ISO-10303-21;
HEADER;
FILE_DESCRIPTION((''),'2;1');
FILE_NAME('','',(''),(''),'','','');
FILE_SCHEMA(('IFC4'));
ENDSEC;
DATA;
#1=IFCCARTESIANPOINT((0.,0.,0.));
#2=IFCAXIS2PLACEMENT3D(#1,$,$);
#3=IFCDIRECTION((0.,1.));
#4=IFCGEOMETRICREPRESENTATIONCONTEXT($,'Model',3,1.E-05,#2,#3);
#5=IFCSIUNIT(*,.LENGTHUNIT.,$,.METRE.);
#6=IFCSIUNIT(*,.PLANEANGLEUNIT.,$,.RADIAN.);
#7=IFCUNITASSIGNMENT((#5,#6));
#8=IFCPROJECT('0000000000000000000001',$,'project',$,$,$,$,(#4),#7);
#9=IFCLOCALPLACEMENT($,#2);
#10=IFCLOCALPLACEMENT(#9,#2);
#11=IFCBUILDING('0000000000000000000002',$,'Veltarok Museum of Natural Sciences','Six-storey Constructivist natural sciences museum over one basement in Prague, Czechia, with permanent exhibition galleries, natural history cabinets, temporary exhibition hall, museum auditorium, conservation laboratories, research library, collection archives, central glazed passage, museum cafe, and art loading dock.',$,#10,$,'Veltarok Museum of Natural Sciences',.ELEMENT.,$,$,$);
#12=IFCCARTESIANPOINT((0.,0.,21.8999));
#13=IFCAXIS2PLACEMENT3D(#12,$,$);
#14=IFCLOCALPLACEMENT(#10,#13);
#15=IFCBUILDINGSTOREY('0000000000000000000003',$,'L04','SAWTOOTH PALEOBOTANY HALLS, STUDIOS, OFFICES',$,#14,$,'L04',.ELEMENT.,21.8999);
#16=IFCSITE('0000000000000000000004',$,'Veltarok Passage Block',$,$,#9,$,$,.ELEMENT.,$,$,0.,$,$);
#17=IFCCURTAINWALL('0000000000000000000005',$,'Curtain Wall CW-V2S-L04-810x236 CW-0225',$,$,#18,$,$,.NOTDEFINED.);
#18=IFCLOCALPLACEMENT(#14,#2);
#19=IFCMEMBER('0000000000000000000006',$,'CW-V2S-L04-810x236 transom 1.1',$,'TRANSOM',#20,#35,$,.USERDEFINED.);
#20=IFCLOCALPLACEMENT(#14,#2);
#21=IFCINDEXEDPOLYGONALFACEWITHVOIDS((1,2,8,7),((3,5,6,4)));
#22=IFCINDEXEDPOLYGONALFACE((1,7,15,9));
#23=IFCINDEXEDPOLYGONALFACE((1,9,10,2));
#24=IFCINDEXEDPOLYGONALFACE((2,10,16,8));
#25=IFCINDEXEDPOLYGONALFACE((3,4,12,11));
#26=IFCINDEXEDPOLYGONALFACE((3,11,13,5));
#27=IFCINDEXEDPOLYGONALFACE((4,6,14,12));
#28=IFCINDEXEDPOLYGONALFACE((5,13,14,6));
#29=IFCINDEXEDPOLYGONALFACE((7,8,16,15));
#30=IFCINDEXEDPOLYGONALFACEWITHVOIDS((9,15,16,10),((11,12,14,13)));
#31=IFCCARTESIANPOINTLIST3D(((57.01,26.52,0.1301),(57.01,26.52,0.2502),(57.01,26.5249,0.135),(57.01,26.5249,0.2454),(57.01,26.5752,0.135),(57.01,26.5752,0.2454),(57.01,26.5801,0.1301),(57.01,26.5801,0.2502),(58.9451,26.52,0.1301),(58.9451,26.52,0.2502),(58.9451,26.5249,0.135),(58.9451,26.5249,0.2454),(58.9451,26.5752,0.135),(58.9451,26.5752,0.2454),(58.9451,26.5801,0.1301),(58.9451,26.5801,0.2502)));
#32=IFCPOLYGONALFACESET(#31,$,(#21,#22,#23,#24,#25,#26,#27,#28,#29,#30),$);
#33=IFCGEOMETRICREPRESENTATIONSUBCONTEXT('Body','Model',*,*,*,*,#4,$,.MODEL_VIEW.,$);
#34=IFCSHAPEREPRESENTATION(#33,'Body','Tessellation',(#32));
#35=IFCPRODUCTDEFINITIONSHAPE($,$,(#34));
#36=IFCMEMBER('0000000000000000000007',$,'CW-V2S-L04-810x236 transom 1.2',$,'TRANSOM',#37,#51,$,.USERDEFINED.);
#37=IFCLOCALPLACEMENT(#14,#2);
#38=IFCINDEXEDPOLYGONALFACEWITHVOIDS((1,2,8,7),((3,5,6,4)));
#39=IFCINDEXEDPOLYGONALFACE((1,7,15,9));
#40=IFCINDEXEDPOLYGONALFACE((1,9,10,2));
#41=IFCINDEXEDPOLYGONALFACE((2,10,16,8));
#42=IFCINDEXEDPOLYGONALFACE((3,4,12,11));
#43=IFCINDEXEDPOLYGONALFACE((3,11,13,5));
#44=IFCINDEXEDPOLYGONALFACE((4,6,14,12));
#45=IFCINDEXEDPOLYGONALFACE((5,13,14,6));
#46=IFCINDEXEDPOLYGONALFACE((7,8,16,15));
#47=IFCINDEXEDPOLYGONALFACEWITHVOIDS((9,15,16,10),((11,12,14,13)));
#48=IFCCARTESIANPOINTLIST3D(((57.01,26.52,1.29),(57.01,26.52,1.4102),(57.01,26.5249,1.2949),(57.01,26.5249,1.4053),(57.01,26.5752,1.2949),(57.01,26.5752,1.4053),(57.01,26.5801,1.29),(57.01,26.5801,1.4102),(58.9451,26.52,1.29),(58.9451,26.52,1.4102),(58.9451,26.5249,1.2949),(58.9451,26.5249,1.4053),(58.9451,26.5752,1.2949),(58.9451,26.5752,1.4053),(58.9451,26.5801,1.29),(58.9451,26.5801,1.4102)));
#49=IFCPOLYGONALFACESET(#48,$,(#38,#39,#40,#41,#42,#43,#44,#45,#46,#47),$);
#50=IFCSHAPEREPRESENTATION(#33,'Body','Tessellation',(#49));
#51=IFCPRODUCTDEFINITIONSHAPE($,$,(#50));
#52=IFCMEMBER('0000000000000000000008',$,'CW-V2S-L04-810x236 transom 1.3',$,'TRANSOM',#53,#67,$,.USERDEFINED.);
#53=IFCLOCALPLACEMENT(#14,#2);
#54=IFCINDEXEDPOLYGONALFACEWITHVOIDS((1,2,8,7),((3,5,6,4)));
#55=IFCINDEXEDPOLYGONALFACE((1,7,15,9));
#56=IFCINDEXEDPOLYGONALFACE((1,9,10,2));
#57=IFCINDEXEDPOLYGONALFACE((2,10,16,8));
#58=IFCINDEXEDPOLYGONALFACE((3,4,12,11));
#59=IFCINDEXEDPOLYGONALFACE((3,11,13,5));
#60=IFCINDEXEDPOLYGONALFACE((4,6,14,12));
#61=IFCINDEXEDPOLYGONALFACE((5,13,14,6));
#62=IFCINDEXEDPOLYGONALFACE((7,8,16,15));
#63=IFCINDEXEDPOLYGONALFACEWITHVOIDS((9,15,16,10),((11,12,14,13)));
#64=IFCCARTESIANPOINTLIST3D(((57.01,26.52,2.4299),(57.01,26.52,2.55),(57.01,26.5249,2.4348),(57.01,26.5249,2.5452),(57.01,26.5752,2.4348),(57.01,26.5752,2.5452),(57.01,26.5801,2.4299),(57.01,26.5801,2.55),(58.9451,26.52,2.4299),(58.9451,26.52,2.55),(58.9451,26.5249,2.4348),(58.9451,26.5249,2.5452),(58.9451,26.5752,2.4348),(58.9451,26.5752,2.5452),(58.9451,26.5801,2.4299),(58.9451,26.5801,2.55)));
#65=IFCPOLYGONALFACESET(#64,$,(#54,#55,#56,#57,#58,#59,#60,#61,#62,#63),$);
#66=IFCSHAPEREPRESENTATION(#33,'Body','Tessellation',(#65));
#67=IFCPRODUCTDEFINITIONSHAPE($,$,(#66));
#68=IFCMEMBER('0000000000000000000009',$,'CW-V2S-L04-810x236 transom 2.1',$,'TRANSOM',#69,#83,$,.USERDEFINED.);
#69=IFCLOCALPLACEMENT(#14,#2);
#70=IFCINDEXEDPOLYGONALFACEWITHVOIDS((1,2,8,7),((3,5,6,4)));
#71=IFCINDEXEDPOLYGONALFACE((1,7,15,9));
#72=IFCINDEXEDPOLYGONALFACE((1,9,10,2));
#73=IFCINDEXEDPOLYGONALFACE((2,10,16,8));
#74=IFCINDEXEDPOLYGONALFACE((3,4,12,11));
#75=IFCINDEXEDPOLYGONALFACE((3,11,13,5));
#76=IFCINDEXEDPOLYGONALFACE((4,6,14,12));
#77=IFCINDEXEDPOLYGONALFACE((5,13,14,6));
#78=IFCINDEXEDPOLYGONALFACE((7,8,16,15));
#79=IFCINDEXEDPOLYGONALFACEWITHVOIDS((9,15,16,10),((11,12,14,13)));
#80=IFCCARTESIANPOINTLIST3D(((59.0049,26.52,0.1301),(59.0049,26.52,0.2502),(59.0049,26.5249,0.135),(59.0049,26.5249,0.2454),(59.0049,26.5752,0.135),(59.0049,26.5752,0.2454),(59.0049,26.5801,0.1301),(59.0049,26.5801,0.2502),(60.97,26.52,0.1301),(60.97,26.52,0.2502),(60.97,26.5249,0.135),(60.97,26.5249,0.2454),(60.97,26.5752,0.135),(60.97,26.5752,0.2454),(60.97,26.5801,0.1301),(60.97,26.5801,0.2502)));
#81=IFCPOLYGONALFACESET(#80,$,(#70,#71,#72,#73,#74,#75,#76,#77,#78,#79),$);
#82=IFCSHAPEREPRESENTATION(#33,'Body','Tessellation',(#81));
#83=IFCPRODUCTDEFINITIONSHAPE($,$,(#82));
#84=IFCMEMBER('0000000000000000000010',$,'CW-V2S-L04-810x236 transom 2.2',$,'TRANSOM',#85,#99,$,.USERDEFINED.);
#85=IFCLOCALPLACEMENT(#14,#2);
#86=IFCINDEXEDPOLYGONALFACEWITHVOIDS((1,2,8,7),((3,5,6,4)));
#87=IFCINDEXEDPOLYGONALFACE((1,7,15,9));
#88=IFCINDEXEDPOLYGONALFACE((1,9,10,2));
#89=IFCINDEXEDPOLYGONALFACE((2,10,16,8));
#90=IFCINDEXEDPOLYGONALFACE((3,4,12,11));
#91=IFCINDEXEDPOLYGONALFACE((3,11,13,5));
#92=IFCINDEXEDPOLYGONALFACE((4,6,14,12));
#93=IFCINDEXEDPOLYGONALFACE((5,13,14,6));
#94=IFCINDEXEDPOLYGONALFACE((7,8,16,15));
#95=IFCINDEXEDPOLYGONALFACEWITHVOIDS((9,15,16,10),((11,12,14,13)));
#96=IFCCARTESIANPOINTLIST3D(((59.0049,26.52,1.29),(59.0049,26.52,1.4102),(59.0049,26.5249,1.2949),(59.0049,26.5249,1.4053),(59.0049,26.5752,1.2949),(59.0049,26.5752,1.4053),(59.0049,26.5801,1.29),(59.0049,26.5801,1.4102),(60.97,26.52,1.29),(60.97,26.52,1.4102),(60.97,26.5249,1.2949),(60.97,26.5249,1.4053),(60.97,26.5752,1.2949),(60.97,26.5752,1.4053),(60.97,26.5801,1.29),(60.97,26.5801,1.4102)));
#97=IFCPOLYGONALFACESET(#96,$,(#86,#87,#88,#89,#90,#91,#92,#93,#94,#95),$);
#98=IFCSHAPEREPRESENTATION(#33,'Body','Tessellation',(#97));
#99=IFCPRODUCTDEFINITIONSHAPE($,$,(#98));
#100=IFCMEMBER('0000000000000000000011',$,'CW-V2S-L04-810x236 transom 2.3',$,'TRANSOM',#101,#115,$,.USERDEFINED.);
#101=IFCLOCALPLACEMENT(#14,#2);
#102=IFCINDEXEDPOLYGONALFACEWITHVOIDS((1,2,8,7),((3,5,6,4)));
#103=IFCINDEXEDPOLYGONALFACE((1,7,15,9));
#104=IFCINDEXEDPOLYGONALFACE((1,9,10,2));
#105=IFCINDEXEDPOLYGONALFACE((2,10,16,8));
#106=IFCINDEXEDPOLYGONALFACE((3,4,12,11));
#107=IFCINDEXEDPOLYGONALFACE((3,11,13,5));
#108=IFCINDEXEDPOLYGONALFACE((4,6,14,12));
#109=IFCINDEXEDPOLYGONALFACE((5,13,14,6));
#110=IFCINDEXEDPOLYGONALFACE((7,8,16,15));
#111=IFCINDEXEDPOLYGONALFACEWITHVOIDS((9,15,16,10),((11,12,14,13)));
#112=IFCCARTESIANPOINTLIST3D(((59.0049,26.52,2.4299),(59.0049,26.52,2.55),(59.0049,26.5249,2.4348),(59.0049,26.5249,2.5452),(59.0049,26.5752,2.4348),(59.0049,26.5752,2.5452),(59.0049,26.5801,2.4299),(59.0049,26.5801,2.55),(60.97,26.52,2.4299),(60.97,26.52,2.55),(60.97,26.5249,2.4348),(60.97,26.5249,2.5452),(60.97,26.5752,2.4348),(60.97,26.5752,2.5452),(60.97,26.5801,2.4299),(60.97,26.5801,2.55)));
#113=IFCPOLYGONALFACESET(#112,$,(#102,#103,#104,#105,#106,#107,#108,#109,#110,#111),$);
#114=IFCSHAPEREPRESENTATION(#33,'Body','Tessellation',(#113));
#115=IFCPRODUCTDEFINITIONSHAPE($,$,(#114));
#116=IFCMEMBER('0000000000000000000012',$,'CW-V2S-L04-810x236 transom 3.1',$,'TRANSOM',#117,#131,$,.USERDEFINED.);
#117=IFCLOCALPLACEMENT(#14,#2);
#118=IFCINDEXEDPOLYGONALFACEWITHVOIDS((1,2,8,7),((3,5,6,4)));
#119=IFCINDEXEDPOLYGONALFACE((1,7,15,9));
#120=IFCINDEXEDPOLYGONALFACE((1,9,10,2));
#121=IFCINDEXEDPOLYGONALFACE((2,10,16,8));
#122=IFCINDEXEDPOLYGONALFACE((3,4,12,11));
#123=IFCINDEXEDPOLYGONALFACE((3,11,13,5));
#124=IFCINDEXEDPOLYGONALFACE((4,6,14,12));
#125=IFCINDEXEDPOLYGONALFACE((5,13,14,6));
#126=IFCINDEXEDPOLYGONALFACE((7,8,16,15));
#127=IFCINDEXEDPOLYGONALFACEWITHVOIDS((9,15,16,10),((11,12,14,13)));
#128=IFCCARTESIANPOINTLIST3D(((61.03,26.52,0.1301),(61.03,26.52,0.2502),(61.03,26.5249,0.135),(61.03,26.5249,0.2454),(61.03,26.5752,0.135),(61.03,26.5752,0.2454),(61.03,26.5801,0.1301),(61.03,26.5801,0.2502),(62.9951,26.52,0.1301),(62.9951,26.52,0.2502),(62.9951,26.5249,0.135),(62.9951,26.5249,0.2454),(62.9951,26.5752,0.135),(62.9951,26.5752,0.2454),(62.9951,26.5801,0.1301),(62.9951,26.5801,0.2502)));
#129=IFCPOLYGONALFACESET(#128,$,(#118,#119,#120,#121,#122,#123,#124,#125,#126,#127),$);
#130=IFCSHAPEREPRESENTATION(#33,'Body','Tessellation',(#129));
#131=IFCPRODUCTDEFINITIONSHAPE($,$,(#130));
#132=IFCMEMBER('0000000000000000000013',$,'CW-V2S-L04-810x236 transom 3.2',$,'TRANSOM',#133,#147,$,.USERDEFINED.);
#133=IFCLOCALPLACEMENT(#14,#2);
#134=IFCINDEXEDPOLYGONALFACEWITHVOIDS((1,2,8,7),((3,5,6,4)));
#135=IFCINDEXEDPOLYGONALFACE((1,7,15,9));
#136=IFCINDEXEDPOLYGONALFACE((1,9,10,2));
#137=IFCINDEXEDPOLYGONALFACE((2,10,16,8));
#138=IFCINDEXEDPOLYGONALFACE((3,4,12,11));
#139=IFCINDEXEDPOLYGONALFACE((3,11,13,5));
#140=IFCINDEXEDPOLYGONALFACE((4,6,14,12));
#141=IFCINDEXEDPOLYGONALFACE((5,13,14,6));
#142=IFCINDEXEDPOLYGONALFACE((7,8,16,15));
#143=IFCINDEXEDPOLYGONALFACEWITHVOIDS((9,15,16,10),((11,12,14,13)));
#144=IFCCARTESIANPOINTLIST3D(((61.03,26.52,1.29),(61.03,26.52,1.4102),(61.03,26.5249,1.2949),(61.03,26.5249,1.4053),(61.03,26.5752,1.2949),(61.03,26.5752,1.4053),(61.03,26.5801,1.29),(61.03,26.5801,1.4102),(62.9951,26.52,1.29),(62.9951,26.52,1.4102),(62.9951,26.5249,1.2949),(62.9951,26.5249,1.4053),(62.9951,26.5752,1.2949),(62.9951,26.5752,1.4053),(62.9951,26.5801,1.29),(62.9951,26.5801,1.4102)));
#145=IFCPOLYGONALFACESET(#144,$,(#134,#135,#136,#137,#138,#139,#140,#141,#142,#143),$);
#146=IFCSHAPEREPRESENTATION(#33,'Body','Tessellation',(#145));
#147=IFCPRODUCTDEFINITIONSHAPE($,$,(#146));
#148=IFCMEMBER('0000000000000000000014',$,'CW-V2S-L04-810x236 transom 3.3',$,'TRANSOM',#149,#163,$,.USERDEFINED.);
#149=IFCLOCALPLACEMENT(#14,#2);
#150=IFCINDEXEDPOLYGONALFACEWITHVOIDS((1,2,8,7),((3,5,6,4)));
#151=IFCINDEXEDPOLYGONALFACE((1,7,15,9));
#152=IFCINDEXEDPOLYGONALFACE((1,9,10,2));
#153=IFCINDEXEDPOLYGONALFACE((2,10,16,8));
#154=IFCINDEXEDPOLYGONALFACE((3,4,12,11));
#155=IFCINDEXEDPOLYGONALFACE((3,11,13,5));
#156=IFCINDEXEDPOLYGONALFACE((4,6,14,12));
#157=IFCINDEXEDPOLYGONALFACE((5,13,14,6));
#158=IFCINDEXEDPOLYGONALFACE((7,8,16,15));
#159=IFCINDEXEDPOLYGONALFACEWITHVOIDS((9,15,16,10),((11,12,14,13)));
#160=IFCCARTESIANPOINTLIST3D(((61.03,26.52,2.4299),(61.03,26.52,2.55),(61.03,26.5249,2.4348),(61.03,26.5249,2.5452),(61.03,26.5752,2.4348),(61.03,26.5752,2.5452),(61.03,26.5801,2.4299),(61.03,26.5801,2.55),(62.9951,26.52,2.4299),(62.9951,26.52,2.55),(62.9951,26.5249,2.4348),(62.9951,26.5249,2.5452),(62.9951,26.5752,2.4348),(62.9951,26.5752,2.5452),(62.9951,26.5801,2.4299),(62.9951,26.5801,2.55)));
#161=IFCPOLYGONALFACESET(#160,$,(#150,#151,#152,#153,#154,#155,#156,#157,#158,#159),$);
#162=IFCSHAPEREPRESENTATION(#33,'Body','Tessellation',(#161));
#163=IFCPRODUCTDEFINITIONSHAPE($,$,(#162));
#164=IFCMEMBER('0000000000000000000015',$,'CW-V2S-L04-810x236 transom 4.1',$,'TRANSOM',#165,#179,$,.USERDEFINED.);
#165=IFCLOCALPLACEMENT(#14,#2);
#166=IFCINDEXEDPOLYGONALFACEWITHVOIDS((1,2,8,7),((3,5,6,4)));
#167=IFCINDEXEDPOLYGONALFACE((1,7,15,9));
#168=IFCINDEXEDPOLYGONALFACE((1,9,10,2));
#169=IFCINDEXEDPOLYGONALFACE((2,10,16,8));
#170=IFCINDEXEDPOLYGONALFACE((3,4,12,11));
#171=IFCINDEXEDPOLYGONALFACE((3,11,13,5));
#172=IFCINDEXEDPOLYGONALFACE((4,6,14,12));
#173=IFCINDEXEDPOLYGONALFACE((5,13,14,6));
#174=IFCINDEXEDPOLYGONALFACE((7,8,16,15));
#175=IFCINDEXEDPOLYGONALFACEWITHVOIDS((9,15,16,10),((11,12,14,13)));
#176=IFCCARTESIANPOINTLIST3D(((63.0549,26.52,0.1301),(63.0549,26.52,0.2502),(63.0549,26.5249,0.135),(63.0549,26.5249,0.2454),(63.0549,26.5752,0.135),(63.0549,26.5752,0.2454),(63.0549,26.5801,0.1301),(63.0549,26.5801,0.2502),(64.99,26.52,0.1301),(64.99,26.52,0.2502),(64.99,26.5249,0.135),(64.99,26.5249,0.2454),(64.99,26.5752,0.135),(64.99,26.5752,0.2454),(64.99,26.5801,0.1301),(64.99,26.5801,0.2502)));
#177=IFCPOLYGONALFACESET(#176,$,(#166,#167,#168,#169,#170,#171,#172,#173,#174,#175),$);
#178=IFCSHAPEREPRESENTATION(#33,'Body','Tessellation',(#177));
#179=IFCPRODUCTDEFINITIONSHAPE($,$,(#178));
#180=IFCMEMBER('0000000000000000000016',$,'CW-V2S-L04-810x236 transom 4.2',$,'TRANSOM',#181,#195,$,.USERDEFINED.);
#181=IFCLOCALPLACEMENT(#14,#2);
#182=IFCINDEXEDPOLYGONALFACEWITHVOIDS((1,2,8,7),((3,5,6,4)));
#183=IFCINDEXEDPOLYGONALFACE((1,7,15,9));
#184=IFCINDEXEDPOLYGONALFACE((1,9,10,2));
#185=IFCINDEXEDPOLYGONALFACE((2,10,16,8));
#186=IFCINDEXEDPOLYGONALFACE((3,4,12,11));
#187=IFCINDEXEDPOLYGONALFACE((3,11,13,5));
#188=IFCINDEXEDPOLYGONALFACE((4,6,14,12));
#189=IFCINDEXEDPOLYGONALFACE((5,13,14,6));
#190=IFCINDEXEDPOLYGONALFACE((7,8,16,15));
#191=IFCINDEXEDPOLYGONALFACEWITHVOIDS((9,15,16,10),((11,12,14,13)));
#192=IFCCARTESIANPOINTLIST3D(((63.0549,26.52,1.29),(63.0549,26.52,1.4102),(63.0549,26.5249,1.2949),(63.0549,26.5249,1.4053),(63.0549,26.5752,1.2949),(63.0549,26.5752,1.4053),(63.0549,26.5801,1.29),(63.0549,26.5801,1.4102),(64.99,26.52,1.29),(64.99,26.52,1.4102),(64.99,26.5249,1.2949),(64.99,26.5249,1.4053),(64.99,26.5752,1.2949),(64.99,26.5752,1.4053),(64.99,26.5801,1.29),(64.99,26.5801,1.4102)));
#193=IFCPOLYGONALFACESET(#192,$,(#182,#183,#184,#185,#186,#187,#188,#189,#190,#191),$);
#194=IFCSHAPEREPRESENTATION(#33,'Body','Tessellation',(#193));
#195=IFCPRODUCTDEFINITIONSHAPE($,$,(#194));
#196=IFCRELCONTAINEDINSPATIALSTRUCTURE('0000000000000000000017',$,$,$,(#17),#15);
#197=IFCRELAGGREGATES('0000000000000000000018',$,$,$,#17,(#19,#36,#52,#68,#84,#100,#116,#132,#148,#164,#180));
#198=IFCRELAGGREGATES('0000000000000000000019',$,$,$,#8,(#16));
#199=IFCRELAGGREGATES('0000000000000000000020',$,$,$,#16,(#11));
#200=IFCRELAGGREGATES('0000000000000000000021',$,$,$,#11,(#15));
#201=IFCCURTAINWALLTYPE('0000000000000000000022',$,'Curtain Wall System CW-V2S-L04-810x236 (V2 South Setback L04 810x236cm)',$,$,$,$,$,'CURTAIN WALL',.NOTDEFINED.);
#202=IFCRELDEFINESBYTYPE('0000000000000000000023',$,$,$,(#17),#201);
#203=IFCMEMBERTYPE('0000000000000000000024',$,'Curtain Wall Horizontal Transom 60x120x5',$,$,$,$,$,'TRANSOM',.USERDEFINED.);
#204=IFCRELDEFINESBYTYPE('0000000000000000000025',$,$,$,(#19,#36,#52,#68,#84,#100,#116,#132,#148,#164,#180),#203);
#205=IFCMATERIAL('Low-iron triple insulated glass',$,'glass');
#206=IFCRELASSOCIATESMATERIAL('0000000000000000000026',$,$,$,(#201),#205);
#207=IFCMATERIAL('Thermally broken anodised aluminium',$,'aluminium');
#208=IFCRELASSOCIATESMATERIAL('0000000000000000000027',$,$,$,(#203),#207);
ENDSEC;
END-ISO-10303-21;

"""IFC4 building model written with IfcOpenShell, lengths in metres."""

from ifc_helpers import new_model, si_unit, direction, frame, origin, origin_2d, place, context, subcontext, project, spatial, hollow_rectangle, extrude, material, material_profile, profile_set, type_object, element, aggregate, save


model = new_model("IFC4")

# Units and contexts
model_context = context("Model", 3, precision=1e-05, world=origin(), true_north=direction((0.0, 1.0)))
body_context = subcontext(model_context, "Body", "Model", "MODEL_VIEW")
ifc_project = project(units=[si_unit("LENGTHUNIT", "METRE"), si_unit("PLANEANGLEUNIT", "RADIAN")], contexts=[model_context])

# Site, building, storey
site_placement = place(None, origin())
site = spatial("IfcSite", under=ifc_project, at=site_placement, Name="Veltarok Passage Block", CompositionType="ELEMENT", RefElevation=0.0)
building_placement = place(site_placement, origin())
building = spatial("IfcBuilding", under=site, at=building_placement, Name="Veltarok Museum of Natural Sciences", Description="Six-storey Constructivist natural sciences museum over one basement in Prague, Czechia, with permanent exhibition galleries, natural history cabinets, temporary exhibition hall, museum auditorium, conservation laboratories, research library, collection archives, central glazed passage, museum cafe, and art loading dock.", LongName="Veltarok Museum of Natural Sciences", CompositionType="ELEMENT")
storey_placement = place(building_placement, frame((0.0, 0.0, 21.8999)))
storey = spatial("IfcBuildingStorey", under=building, at=storey_placement, Name="L04", Description="SAWTOOTH PALEOBOTANY HALLS, STUDIOS, OFFICES", LongName="L04", CompositionType="ELEMENT", Elevation=21.8999)

# Curtain wall, members
ifc_material_1 = material(Name="Low-iron triple insulated glass", Category="glass")
curtain_wall_type = type_object("IfcCurtainWallType", Name="Curtain Wall System CW-V2S-L04-810x236 (V2 South Setback L04 810x236cm)", ElementType="CURTAIN WALL", PredefinedType="NOTDEFINED", material=ifc_material_1)
curtain_wall_placement = place(storey_placement, origin())
curtain_wall = element("IfcCurtainWall", 1, at=curtain_wall_placement, inside=storey, type_object=curtain_wall_type, Name="Curtain Wall CW-V2S-L04-810x236 CW-0225", PredefinedType="NOTDEFINED")
ifc_material_2 = material(Name="Thermally broken anodised aluminium", Category="aluminium")
ifc_material_profile_1 = material_profile(ifc_material_2, hollow_rectangle(XDim=0.0601, YDim=0.1201, WallThickness=0.0049, at=origin_2d()), Name="CW TRANSOM 60x120x5")
ifc_profile_set_1 = profile_set([ifc_material_profile_1], Name="Thermally broken anodised aluminium")
member_type_1 = type_object("IfcMemberType", Name="Curtain Wall Horizontal Transom 60x120x5", ElementType="TRANSOM", PredefinedType="USERDEFINED", material=ifc_profile_set_1)
member_1_placement = place(storey_placement, frame((57.01, 26.55, 0.1902), z_axis=(1.0, 0.0, 0.0), x_axis=(0.0, 1.0, 0.0)))
member_1 = element("IfcMember", 2, at=member_1_placement, type_object=member_type_1, Name="CW-V2S-L04-810x236 transom 1.1", ObjectType="TRANSOM", PredefinedType="USERDEFINED", context=body_context, shape_type="SweptSolid", body=[
    extrude(hollow_rectangle(XDim=0.0601, YDim=0.1201, WallThickness=0.0049, at=origin_2d()), origin(), (0.0, 0.0, 1.0), 1.9351),
])
member_2_placement = place(storey_placement, frame((57.01, 26.55, 1.3501), z_axis=(1.0, 0.0, 0.0), x_axis=(0.0, 1.0, 0.0)))
member_2 = element("IfcMember", 3, at=member_2_placement, type_object=member_type_1, Name="CW-V2S-L04-810x236 transom 1.2", ObjectType="TRANSOM", PredefinedType="USERDEFINED", context=body_context, shape_type="SweptSolid", body=[
    extrude(hollow_rectangle(XDim=0.0601, YDim=0.1201, WallThickness=0.0049, at=origin_2d()), origin(), (0.0, 0.0, 1.0), 1.9351),
])
member_3_placement = place(storey_placement, frame((57.01, 26.55, 2.49), z_axis=(1.0, 0.0, 0.0), x_axis=(0.0, 1.0, 0.0)))
member_3 = element("IfcMember", 4, at=member_3_placement, type_object=member_type_1, Name="CW-V2S-L04-810x236 transom 1.3", ObjectType="TRANSOM", PredefinedType="USERDEFINED", context=body_context, shape_type="SweptSolid", body=[
    extrude(hollow_rectangle(XDim=0.0601, YDim=0.1201, WallThickness=0.0049, at=origin_2d()), origin(), (0.0, 0.0, 1.0), 1.9351),
])
member_4_placement = place(storey_placement, frame((59.0049, 26.55, 0.1902), z_axis=(1.0, 0.0, 0.0), x_axis=(0.0, 1.0, 0.0)))
member_4 = element("IfcMember", 5, at=member_4_placement, type_object=member_type_1, Name="CW-V2S-L04-810x236 transom 2.1", ObjectType="TRANSOM", PredefinedType="USERDEFINED", context=body_context, shape_type="SweptSolid", body=[
    extrude(hollow_rectangle(XDim=0.0601, YDim=0.1201, WallThickness=0.0049, at=origin_2d()), origin(), (0.0, 0.0, 1.0), 1.9651),
])
member_5_placement = place(storey_placement, frame((59.0049, 26.55, 1.3501), z_axis=(1.0, 0.0, 0.0), x_axis=(0.0, 1.0, 0.0)))
member_5 = element("IfcMember", 6, at=member_5_placement, type_object=member_type_1, Name="CW-V2S-L04-810x236 transom 2.2", ObjectType="TRANSOM", PredefinedType="USERDEFINED", context=body_context, shape_type="SweptSolid", body=[
    extrude(hollow_rectangle(XDim=0.0601, YDim=0.1201, WallThickness=0.0049, at=origin_2d()), origin(), (0.0, 0.0, 1.0), 1.9651),
])
member_6_placement = place(storey_placement, frame((59.0049, 26.55, 2.49), z_axis=(1.0, 0.0, 0.0), x_axis=(0.0, 1.0, 0.0)))
member_6 = element("IfcMember", 7, at=member_6_placement, type_object=member_type_1, Name="CW-V2S-L04-810x236 transom 2.3", ObjectType="TRANSOM", PredefinedType="USERDEFINED", context=body_context, shape_type="SweptSolid", body=[
    extrude(hollow_rectangle(XDim=0.0601, YDim=0.1201, WallThickness=0.0049, at=origin_2d()), origin(), (0.0, 0.0, 1.0), 1.9651),
])
member_7_placement = place(storey_placement, frame((61.03, 26.55, 0.1902), z_axis=(1.0, 0.0, 0.0), x_axis=(0.0, 1.0, 0.0)))
member_7 = element("IfcMember", 8, at=member_7_placement, type_object=member_type_1, Name="CW-V2S-L04-810x236 transom 3.1", ObjectType="TRANSOM", PredefinedType="USERDEFINED", context=body_context, shape_type="SweptSolid", body=[
    extrude(hollow_rectangle(XDim=0.0601, YDim=0.1201, WallThickness=0.0049, at=origin_2d()), origin(), (0.0, 0.0, 1.0), 1.9651),
])
member_8_placement = place(storey_placement, frame((61.03, 26.55, 1.3501), z_axis=(1.0, 0.0, 0.0), x_axis=(0.0, 1.0, 0.0)))
member_8 = element("IfcMember", 9, at=member_8_placement, type_object=member_type_1, Name="CW-V2S-L04-810x236 transom 3.2", ObjectType="TRANSOM", PredefinedType="USERDEFINED", context=body_context, shape_type="SweptSolid", body=[
    extrude(hollow_rectangle(XDim=0.0601, YDim=0.1201, WallThickness=0.0049, at=origin_2d()), origin(), (0.0, 0.0, 1.0), 1.9651),
])
member_9_placement = place(storey_placement, frame((61.03, 26.55, 2.49), z_axis=(1.0, 0.0, 0.0), x_axis=(0.0, 1.0, 0.0)))
member_9 = element("IfcMember", 10, at=member_9_placement, type_object=member_type_1, Name="CW-V2S-L04-810x236 transom 3.3", ObjectType="TRANSOM", PredefinedType="USERDEFINED", context=body_context, shape_type="SweptSolid", body=[
    extrude(hollow_rectangle(XDim=0.0601, YDim=0.1201, WallThickness=0.0049, at=origin_2d()), origin(), (0.0, 0.0, 1.0), 1.9651),
])
member_10_placement = place(storey_placement, frame((63.0549, 26.55, 0.1902), z_axis=(1.0, 0.0, 0.0), x_axis=(0.0, 1.0, 0.0)))
member_10 = element("IfcMember", 11, at=member_10_placement, type_object=member_type_1, Name="CW-V2S-L04-810x236 transom 4.1", ObjectType="TRANSOM", PredefinedType="USERDEFINED", context=body_context, shape_type="SweptSolid", body=[
    extrude(hollow_rectangle(XDim=0.0601, YDim=0.1201, WallThickness=0.0049, at=origin_2d()), origin(), (0.0, 0.0, 1.0), 1.9351),
])
member_11_placement = place(storey_placement, frame((63.0549, 26.55, 1.3501), z_axis=(1.0, 0.0, 0.0), x_axis=(0.0, 1.0, 0.0)))
member_11 = element("IfcMember", 12, at=member_11_placement, type_object=member_type_1, Name="CW-V2S-L04-810x236 transom 4.2", ObjectType="TRANSOM", PredefinedType="USERDEFINED", context=body_context, shape_type="SweptSolid", body=[
    extrude(hollow_rectangle(XDim=0.0601, YDim=0.1201, WallThickness=0.0049, at=origin_2d()), origin(), (0.0, 0.0, 1.0), 1.9351),
])

aggregate(curtain_wall, [member_1, member_2, member_3, member_4, member_5, member_6, member_7, member_8, member_9, member_10, member_11])

save(model, "model.ifc")
